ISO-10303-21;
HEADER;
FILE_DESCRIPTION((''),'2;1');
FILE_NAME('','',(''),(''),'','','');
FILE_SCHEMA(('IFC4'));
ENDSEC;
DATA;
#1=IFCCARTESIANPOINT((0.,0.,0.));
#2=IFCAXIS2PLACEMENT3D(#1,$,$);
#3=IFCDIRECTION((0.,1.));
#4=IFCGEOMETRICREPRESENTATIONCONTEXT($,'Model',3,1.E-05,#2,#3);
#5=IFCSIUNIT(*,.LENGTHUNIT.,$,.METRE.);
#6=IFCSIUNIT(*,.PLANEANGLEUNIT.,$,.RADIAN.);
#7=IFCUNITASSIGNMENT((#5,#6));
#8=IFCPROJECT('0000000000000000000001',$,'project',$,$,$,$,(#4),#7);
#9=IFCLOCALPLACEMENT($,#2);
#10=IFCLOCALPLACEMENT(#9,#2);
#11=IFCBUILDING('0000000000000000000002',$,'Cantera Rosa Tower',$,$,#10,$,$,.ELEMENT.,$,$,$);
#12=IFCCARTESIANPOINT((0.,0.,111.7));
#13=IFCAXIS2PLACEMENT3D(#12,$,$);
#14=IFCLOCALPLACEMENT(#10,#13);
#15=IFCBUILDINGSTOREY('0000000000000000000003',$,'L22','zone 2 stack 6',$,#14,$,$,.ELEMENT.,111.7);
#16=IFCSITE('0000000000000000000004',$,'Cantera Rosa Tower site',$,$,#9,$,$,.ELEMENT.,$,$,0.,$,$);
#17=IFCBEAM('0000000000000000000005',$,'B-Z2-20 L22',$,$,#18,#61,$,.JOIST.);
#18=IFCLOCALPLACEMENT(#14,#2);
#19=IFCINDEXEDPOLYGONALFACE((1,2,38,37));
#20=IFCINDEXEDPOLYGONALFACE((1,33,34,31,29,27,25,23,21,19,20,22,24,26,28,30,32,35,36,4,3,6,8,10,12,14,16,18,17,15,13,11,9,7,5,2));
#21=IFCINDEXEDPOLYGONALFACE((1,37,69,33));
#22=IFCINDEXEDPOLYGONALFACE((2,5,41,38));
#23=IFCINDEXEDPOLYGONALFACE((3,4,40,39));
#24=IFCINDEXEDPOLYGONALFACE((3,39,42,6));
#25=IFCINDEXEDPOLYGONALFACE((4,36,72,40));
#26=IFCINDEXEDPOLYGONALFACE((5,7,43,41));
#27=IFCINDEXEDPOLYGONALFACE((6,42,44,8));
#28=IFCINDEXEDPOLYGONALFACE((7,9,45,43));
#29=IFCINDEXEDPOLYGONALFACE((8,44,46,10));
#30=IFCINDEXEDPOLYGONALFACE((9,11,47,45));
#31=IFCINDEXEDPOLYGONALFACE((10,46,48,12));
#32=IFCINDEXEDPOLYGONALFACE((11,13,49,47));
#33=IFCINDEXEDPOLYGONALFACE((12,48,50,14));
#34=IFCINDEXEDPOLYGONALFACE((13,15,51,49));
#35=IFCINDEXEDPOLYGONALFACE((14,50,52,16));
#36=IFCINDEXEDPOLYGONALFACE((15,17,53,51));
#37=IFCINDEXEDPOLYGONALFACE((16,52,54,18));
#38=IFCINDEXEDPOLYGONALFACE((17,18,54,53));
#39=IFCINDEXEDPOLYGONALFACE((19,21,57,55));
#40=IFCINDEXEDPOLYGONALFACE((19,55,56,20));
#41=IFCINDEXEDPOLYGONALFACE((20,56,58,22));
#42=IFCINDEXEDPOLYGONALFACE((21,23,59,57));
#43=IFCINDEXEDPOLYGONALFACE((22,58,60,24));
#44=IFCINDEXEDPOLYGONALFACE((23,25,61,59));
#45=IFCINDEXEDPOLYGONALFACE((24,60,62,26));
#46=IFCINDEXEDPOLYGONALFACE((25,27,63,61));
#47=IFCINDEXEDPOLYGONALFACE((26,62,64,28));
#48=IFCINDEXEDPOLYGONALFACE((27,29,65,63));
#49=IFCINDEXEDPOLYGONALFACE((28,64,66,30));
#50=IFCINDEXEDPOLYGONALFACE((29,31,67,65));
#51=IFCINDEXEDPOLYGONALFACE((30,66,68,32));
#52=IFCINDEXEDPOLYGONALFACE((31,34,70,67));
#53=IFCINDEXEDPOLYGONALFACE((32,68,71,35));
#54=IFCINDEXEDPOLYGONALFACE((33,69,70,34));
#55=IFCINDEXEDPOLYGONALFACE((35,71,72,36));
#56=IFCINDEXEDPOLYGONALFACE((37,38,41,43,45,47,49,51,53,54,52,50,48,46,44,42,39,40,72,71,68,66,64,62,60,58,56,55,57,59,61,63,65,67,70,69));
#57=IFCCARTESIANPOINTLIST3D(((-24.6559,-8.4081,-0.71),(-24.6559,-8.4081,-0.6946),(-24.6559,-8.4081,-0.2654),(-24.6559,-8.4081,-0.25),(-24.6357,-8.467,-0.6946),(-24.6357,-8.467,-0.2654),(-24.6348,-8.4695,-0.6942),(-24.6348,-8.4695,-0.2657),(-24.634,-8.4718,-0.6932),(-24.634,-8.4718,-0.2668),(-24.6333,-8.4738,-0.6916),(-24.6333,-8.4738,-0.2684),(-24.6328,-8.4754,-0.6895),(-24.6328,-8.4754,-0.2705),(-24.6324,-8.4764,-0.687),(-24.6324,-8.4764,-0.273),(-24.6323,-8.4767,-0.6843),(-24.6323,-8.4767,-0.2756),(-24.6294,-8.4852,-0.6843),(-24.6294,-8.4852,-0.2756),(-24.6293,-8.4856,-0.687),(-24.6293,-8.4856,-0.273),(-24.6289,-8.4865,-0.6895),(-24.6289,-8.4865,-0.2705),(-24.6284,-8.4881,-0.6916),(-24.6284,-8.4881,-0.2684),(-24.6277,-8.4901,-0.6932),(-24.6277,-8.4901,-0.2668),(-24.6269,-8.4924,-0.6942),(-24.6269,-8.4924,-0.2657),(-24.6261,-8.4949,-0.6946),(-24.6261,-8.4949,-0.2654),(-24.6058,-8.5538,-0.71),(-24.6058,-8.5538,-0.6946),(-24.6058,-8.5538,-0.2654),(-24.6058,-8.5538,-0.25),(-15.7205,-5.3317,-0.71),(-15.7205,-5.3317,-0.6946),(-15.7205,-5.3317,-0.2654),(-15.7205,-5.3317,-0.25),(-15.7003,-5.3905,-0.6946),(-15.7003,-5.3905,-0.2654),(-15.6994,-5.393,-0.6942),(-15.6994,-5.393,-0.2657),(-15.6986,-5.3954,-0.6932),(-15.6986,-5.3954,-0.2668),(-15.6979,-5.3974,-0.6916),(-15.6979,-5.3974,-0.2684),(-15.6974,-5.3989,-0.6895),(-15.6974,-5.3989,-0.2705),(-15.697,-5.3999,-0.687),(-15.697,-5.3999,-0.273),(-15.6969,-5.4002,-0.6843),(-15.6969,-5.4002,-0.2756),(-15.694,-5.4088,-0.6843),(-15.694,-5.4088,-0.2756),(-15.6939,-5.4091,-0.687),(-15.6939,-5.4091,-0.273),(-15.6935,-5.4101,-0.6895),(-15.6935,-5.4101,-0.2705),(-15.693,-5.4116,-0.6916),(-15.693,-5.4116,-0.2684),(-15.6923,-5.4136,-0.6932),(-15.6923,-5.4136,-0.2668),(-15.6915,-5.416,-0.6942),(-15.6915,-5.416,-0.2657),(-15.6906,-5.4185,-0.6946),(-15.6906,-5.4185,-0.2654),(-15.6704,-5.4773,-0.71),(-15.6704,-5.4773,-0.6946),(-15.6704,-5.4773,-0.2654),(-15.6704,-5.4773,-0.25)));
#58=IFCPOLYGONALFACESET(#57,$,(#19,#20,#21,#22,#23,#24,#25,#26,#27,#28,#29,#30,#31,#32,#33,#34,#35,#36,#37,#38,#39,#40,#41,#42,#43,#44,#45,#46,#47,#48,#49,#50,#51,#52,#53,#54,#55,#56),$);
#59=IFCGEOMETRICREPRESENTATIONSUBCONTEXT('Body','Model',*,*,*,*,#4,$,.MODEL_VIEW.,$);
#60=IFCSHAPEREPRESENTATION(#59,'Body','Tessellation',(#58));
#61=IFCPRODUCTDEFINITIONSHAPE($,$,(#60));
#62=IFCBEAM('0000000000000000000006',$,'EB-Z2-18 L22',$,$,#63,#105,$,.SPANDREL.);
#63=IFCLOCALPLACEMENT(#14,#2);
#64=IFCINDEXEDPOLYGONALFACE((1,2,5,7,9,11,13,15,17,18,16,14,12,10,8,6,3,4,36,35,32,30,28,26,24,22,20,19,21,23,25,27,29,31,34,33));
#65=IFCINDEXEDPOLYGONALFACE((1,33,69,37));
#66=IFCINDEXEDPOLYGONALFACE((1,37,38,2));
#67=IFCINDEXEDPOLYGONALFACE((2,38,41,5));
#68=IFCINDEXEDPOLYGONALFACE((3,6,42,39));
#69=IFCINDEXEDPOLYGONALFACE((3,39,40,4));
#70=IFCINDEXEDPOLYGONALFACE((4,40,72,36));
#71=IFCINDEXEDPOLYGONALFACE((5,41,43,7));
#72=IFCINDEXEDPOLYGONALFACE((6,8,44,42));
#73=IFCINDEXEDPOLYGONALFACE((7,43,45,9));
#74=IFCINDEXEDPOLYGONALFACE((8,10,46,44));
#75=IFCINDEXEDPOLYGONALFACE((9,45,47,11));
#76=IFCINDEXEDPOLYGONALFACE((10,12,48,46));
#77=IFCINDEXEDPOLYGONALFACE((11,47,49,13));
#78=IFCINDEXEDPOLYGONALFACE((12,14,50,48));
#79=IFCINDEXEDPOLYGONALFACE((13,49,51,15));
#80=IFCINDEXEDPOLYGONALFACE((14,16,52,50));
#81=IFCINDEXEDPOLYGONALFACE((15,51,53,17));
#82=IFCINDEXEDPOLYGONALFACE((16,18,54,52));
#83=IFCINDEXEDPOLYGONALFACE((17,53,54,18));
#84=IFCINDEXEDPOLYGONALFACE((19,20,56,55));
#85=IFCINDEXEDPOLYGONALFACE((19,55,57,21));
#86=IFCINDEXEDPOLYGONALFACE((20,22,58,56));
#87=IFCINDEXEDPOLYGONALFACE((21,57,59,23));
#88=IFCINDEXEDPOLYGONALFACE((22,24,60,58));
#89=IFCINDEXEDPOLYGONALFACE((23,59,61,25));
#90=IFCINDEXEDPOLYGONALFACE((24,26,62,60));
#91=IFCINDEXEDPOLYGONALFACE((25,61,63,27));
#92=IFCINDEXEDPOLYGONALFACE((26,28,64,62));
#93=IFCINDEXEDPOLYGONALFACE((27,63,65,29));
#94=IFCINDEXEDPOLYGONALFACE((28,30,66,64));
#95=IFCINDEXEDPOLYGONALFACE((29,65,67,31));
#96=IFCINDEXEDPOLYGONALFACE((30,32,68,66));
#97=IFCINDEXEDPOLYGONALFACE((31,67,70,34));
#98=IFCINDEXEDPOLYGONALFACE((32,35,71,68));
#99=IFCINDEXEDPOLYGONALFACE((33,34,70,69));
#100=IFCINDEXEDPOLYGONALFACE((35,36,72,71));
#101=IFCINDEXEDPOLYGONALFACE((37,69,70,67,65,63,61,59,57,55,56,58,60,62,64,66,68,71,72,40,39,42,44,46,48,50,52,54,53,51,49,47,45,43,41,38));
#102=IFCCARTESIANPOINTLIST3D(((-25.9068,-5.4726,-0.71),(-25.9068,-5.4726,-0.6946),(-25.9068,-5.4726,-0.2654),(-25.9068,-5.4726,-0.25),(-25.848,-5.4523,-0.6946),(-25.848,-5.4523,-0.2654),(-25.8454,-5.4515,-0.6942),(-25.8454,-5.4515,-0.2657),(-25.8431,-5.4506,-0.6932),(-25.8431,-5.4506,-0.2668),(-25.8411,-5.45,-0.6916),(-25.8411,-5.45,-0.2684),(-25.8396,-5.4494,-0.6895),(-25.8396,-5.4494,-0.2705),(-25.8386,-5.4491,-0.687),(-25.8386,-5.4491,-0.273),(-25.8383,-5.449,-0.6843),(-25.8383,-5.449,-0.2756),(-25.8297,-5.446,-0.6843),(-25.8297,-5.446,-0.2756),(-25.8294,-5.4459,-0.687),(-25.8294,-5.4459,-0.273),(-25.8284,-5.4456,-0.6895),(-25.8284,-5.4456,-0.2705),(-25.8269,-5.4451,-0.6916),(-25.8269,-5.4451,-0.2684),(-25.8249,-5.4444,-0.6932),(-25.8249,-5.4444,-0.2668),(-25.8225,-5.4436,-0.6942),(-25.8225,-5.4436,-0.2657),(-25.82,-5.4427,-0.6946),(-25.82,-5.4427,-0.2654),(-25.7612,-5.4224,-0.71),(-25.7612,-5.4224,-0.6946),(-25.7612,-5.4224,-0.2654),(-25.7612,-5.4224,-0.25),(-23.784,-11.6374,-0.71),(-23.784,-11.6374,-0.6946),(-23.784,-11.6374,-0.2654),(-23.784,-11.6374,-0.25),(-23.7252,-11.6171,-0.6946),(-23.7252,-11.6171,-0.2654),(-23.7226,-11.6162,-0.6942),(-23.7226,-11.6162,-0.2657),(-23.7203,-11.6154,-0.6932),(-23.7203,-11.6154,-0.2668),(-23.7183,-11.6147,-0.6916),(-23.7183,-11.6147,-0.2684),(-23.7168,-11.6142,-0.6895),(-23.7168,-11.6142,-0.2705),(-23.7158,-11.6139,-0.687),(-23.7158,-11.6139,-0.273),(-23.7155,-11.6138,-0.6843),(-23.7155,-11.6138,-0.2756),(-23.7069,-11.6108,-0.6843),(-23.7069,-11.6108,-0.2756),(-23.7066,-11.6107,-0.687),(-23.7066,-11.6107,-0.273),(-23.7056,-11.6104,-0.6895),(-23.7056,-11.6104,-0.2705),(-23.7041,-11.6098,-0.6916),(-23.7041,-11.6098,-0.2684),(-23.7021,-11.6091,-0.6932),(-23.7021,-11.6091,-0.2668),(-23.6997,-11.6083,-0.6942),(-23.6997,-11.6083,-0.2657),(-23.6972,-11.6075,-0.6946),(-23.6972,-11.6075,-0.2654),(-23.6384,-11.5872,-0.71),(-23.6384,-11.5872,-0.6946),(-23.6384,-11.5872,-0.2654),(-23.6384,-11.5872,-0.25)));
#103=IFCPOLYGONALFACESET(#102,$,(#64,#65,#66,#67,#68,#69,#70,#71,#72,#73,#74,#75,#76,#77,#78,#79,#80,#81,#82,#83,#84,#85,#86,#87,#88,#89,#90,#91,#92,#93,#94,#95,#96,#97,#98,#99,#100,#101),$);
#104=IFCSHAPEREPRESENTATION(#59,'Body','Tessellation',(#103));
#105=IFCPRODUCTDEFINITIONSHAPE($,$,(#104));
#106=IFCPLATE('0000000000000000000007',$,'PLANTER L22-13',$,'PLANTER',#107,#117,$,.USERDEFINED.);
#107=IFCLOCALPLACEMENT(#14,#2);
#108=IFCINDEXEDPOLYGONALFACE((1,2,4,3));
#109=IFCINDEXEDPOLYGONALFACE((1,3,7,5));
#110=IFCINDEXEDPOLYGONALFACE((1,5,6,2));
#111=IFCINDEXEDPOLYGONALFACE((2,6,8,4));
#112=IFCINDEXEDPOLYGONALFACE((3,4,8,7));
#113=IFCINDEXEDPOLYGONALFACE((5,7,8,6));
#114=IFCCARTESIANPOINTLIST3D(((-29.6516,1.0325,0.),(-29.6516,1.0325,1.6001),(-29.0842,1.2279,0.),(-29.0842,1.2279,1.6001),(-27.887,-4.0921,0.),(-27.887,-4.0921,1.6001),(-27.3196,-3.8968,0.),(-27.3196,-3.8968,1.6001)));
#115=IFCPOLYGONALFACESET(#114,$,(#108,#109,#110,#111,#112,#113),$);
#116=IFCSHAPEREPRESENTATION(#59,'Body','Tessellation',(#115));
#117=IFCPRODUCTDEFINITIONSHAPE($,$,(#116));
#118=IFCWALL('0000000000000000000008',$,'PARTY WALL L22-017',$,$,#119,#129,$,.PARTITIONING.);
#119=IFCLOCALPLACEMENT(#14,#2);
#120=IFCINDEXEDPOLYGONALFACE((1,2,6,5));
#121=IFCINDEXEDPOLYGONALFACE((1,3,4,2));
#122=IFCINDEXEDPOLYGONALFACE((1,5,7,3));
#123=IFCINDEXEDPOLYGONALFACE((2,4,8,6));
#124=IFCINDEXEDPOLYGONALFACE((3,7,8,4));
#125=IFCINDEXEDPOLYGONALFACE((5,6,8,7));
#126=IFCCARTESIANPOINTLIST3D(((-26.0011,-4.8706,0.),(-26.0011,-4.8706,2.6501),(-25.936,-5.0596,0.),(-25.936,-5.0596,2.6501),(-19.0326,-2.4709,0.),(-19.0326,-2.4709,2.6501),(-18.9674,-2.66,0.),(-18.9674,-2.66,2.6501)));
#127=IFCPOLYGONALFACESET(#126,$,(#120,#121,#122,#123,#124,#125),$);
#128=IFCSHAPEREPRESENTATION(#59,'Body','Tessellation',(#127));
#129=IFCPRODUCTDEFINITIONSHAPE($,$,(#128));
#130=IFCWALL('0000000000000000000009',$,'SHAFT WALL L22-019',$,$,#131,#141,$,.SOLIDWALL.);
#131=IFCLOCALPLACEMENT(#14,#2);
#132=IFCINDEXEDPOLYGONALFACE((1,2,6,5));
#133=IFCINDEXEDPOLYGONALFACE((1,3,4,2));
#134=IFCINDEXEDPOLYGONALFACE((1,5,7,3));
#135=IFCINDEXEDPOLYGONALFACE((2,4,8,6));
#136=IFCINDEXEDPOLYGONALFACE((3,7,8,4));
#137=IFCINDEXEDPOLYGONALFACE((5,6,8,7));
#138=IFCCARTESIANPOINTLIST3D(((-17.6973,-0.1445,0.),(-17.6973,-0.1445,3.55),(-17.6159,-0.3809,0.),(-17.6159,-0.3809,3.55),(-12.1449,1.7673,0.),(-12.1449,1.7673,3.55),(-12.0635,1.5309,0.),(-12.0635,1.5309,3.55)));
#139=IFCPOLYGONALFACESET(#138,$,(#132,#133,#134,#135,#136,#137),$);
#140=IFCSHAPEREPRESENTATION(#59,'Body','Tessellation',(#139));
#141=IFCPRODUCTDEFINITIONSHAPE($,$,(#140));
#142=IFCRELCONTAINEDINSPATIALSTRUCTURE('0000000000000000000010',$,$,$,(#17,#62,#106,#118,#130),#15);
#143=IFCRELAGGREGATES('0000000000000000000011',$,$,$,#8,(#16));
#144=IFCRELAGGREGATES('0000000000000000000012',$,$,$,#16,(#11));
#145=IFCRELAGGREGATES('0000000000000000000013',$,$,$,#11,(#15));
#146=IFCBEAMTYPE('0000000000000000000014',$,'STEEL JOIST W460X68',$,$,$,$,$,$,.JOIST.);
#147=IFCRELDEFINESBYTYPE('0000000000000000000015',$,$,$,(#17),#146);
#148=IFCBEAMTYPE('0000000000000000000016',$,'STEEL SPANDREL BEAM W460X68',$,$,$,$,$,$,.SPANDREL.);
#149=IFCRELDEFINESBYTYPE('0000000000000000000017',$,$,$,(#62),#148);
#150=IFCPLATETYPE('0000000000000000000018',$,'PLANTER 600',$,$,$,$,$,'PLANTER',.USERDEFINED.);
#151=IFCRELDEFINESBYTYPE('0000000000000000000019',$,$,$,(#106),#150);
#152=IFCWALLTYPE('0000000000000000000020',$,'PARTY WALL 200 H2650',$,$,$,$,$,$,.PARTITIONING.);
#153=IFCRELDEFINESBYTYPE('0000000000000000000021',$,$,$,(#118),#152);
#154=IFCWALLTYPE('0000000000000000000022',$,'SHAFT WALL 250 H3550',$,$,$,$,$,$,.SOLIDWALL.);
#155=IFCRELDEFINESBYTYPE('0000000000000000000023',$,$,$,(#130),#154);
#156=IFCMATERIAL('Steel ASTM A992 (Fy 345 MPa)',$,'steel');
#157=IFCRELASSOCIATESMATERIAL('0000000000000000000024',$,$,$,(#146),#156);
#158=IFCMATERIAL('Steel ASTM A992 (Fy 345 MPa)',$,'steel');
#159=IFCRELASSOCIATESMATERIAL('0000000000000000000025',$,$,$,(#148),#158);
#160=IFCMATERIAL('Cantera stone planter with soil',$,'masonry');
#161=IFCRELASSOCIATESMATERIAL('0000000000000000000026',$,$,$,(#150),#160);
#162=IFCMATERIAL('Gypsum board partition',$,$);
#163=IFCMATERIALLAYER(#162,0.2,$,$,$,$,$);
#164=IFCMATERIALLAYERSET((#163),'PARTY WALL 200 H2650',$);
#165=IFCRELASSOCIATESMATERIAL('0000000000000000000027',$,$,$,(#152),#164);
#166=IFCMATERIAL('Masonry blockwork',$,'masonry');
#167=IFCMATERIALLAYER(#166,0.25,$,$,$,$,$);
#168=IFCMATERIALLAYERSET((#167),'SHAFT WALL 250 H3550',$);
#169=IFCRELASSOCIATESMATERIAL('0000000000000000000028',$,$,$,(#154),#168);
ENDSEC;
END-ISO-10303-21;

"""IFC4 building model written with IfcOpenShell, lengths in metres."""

from ifc_helpers import new_model, si_unit, direction, frame, frame_2d, origin, origin_2d, place, context, subcontext, project, spatial, rectangle, i_section, extrude, material, layer, layer_set, material_profile, profile_set, type_object, element, save


model = new_model("IFC4")

# Units and contexts
model_context = context("Model", 3, precision=1e-05, world=origin(), true_north=direction((0.0, 1.0)))
body_context = subcontext(model_context, "Body", "Model", "MODEL_VIEW")
ifc_project = project(units=[si_unit("LENGTHUNIT", "METRE"), si_unit("PLANEANGLEUNIT", "RADIAN")], contexts=[model_context])

# Site, building, storey
site_placement = place(None, origin())
site = spatial("IfcSite", under=ifc_project, at=site_placement, Name="Cantera Rosa Tower site", CompositionType="ELEMENT", RefElevation=0.0)
building_placement = place(site_placement, origin())
building = spatial("IfcBuilding", under=site, at=building_placement, Name="Cantera Rosa Tower", CompositionType="ELEMENT")
storey_placement = place(building_placement, frame((0.0, 0.0, 111.7)))
storey = spatial("IfcBuildingStorey", under=building, at=storey_placement, Name="L22", Description="zone 2 stack 6", CompositionType="ELEMENT", Elevation=111.7)

# Beams
ifc_material_1 = material(Name="Steel ASTM A992 (Fy 345 MPa)", Category="steel")
ifc_material_profile_1 = material_profile(ifc_material_1, i_section(OverallWidth=0.1541, OverallDepth=0.46, WebThickness=0.009, FlangeThickness=0.0154, FilletRadius=0.0103, at=origin_2d()), Name="W460X68")
ifc_profile_set_1 = profile_set([ifc_material_profile_1], Name="Steel ASTM A992 (Fy 345 MPa)")
beam_type_1 = type_object("IfcBeamType", Name="STEEL JOIST W460X68", PredefinedType="JOIST", material=ifc_profile_set_1)
for number, where, z_axis, x_axis, name in (
    (1, (-24.6309, -8.481, -0.48), (0.945527, 0.325544, 0.0), (-0.325544, 0.945527, 0.0), "B-Z2-20 L22"),
):
    element("IfcBeam", number, at=place(storey_placement, frame(where, z_axis=z_axis, x_axis=x_axis)), inside=storey, type_object=beam_type_1, Name=name, PredefinedType="JOIST", context=body_context, shape_type="SweptSolid", body=[
        extrude(i_section(OverallWidth=0.1541, OverallDepth=0.46, WebThickness=0.009, FlangeThickness=0.0154, FilletRadius=0.0103, at=origin_2d()), origin(), (0.0, 0.0, 1.0), 9.4502),
    ])
ifc_material_2 = material(Name="Steel ASTM A992 (Fy 345 MPa)", Category="steel")
ifc_material_profile_2 = material_profile(ifc_material_2, i_section(OverallWidth=0.1541, OverallDepth=0.46, WebThickness=0.009, FlangeThickness=0.0154, FilletRadius=0.0103, at=origin_2d()), Name="W460X68")
ifc_profile_set_2 = profile_set([ifc_material_profile_2], Name="Steel ASTM A992 (Fy 345 MPa)")
beam_type_2 = type_object("IfcBeamType", Name="STEEL SPANDREL BEAM W460X68", PredefinedType="SPANDREL", material=ifc_profile_set_2)
beam_1_placement = place(storey_placement, frame((-25.834, -5.4475, -0.48), z_axis=(0.325581, -0.945514, 0.0), x_axis=(0.945514, 0.325581, 0.0)))
element("IfcBeam", 2, at=beam_1_placement, inside=storey, type_object=beam_type_2, Name="EB-Z2-18 L22", PredefinedType="SPANDREL", context=body_context, shape_type="SweptSolid", body=[
    extrude(i_section(OverallWidth=0.1541, OverallDepth=0.46, WebThickness=0.009, FlangeThickness=0.0154, FilletRadius=0.0103, at=origin_2d()), origin(), (0.0, 0.0, 1.0), 6.52),
])

# Plate
ifc_material_3 = material(Name="Cantera stone planter with soil", Category="masonry")
plate_type = type_object("IfcPlateType", Name="PLANTER 600", ElementType="PLANTER", PredefinedType="USERDEFINED", material=ifc_material_3)
plate_placement = place(storey_placement, frame((-28.4856, -1.4321, 0.0), z_axis=(0.0, 0.0, 1.0), x_axis=(0.325568, -0.945519, 0.0)))
element("IfcPlate", 3, at=plate_placement, inside=storey, type_object=plate_type, Name="PLANTER L22-13", ObjectType="PLANTER", PredefinedType="USERDEFINED", context=body_context, shape_type="SweptSolid", body=[
    extrude(rectangle(XDim=5.4199, YDim=0.6001, at=origin_2d()), origin(), (0.0, 0.0, 1.0), 1.6001),
])

# Walls
ifc_material_4 = material(Name="Gypsum board partition")
ifc_layer_1 = layer(ifc_material_4, 0.2)
ifc_layer_set_1 = layer_set([ifc_layer_1], Name="PARTY WALL 200 H2650")
wall_type_1 = type_object("IfcWallType", Name="PARTY WALL 200 H2650", PredefinedType="PARTITIONING", material=ifc_layer_set_1)
wall_1_placement = place(storey_placement, frame((-19.0, -2.5654, 0.0), z_axis=(0.0, 0.0, 1.0), x_axis=(-0.94551, -0.325594, 0.0)))
element("IfcWall", 4, at=wall_1_placement, inside=storey, type_object=wall_type_1, Name="PARTY WALL L22-017", PredefinedType="PARTITIONING", context=body_context, shape_type="SweptSolid", body=[
    extrude(rectangle(XDim=7.3701, YDim=0.2, at=frame_2d((3.6851, 0.0))), origin(), (0.0, 0.0, 1.0), 2.6501),
])
ifc_material_5 = material(Name="Masonry blockwork", Category="masonry")
ifc_layer_2 = layer(ifc_material_5, 0.25)
ifc_layer_set_2 = layer_set([ifc_layer_2], Name="SHAFT WALL 250 H3550")
wall_type_2 = type_object("IfcWallType", Name="SHAFT WALL 250 H3550", PredefinedType="SOLIDWALL", material=ifc_layer_set_2)
wall_2_placement = place(storey_placement, frame((-17.6565, -0.2627, 0.0), z_axis=(0.0, 0.0, 1.0), x_axis=(0.945519, 0.325567, 0.0)))
element("IfcWall", 5, at=wall_2_placement, inside=storey, type_object=wall_type_2, Name="SHAFT WALL L22-019", PredefinedType="SOLIDWALL", context=body_context, shape_type="SweptSolid", body=[
    extrude(rectangle(XDim=5.8723, YDim=0.25, at=frame_2d((2.936, 0.0))), origin(), (0.0, 0.0, 1.0), 3.55),
])

save(model, "model.ifc")
